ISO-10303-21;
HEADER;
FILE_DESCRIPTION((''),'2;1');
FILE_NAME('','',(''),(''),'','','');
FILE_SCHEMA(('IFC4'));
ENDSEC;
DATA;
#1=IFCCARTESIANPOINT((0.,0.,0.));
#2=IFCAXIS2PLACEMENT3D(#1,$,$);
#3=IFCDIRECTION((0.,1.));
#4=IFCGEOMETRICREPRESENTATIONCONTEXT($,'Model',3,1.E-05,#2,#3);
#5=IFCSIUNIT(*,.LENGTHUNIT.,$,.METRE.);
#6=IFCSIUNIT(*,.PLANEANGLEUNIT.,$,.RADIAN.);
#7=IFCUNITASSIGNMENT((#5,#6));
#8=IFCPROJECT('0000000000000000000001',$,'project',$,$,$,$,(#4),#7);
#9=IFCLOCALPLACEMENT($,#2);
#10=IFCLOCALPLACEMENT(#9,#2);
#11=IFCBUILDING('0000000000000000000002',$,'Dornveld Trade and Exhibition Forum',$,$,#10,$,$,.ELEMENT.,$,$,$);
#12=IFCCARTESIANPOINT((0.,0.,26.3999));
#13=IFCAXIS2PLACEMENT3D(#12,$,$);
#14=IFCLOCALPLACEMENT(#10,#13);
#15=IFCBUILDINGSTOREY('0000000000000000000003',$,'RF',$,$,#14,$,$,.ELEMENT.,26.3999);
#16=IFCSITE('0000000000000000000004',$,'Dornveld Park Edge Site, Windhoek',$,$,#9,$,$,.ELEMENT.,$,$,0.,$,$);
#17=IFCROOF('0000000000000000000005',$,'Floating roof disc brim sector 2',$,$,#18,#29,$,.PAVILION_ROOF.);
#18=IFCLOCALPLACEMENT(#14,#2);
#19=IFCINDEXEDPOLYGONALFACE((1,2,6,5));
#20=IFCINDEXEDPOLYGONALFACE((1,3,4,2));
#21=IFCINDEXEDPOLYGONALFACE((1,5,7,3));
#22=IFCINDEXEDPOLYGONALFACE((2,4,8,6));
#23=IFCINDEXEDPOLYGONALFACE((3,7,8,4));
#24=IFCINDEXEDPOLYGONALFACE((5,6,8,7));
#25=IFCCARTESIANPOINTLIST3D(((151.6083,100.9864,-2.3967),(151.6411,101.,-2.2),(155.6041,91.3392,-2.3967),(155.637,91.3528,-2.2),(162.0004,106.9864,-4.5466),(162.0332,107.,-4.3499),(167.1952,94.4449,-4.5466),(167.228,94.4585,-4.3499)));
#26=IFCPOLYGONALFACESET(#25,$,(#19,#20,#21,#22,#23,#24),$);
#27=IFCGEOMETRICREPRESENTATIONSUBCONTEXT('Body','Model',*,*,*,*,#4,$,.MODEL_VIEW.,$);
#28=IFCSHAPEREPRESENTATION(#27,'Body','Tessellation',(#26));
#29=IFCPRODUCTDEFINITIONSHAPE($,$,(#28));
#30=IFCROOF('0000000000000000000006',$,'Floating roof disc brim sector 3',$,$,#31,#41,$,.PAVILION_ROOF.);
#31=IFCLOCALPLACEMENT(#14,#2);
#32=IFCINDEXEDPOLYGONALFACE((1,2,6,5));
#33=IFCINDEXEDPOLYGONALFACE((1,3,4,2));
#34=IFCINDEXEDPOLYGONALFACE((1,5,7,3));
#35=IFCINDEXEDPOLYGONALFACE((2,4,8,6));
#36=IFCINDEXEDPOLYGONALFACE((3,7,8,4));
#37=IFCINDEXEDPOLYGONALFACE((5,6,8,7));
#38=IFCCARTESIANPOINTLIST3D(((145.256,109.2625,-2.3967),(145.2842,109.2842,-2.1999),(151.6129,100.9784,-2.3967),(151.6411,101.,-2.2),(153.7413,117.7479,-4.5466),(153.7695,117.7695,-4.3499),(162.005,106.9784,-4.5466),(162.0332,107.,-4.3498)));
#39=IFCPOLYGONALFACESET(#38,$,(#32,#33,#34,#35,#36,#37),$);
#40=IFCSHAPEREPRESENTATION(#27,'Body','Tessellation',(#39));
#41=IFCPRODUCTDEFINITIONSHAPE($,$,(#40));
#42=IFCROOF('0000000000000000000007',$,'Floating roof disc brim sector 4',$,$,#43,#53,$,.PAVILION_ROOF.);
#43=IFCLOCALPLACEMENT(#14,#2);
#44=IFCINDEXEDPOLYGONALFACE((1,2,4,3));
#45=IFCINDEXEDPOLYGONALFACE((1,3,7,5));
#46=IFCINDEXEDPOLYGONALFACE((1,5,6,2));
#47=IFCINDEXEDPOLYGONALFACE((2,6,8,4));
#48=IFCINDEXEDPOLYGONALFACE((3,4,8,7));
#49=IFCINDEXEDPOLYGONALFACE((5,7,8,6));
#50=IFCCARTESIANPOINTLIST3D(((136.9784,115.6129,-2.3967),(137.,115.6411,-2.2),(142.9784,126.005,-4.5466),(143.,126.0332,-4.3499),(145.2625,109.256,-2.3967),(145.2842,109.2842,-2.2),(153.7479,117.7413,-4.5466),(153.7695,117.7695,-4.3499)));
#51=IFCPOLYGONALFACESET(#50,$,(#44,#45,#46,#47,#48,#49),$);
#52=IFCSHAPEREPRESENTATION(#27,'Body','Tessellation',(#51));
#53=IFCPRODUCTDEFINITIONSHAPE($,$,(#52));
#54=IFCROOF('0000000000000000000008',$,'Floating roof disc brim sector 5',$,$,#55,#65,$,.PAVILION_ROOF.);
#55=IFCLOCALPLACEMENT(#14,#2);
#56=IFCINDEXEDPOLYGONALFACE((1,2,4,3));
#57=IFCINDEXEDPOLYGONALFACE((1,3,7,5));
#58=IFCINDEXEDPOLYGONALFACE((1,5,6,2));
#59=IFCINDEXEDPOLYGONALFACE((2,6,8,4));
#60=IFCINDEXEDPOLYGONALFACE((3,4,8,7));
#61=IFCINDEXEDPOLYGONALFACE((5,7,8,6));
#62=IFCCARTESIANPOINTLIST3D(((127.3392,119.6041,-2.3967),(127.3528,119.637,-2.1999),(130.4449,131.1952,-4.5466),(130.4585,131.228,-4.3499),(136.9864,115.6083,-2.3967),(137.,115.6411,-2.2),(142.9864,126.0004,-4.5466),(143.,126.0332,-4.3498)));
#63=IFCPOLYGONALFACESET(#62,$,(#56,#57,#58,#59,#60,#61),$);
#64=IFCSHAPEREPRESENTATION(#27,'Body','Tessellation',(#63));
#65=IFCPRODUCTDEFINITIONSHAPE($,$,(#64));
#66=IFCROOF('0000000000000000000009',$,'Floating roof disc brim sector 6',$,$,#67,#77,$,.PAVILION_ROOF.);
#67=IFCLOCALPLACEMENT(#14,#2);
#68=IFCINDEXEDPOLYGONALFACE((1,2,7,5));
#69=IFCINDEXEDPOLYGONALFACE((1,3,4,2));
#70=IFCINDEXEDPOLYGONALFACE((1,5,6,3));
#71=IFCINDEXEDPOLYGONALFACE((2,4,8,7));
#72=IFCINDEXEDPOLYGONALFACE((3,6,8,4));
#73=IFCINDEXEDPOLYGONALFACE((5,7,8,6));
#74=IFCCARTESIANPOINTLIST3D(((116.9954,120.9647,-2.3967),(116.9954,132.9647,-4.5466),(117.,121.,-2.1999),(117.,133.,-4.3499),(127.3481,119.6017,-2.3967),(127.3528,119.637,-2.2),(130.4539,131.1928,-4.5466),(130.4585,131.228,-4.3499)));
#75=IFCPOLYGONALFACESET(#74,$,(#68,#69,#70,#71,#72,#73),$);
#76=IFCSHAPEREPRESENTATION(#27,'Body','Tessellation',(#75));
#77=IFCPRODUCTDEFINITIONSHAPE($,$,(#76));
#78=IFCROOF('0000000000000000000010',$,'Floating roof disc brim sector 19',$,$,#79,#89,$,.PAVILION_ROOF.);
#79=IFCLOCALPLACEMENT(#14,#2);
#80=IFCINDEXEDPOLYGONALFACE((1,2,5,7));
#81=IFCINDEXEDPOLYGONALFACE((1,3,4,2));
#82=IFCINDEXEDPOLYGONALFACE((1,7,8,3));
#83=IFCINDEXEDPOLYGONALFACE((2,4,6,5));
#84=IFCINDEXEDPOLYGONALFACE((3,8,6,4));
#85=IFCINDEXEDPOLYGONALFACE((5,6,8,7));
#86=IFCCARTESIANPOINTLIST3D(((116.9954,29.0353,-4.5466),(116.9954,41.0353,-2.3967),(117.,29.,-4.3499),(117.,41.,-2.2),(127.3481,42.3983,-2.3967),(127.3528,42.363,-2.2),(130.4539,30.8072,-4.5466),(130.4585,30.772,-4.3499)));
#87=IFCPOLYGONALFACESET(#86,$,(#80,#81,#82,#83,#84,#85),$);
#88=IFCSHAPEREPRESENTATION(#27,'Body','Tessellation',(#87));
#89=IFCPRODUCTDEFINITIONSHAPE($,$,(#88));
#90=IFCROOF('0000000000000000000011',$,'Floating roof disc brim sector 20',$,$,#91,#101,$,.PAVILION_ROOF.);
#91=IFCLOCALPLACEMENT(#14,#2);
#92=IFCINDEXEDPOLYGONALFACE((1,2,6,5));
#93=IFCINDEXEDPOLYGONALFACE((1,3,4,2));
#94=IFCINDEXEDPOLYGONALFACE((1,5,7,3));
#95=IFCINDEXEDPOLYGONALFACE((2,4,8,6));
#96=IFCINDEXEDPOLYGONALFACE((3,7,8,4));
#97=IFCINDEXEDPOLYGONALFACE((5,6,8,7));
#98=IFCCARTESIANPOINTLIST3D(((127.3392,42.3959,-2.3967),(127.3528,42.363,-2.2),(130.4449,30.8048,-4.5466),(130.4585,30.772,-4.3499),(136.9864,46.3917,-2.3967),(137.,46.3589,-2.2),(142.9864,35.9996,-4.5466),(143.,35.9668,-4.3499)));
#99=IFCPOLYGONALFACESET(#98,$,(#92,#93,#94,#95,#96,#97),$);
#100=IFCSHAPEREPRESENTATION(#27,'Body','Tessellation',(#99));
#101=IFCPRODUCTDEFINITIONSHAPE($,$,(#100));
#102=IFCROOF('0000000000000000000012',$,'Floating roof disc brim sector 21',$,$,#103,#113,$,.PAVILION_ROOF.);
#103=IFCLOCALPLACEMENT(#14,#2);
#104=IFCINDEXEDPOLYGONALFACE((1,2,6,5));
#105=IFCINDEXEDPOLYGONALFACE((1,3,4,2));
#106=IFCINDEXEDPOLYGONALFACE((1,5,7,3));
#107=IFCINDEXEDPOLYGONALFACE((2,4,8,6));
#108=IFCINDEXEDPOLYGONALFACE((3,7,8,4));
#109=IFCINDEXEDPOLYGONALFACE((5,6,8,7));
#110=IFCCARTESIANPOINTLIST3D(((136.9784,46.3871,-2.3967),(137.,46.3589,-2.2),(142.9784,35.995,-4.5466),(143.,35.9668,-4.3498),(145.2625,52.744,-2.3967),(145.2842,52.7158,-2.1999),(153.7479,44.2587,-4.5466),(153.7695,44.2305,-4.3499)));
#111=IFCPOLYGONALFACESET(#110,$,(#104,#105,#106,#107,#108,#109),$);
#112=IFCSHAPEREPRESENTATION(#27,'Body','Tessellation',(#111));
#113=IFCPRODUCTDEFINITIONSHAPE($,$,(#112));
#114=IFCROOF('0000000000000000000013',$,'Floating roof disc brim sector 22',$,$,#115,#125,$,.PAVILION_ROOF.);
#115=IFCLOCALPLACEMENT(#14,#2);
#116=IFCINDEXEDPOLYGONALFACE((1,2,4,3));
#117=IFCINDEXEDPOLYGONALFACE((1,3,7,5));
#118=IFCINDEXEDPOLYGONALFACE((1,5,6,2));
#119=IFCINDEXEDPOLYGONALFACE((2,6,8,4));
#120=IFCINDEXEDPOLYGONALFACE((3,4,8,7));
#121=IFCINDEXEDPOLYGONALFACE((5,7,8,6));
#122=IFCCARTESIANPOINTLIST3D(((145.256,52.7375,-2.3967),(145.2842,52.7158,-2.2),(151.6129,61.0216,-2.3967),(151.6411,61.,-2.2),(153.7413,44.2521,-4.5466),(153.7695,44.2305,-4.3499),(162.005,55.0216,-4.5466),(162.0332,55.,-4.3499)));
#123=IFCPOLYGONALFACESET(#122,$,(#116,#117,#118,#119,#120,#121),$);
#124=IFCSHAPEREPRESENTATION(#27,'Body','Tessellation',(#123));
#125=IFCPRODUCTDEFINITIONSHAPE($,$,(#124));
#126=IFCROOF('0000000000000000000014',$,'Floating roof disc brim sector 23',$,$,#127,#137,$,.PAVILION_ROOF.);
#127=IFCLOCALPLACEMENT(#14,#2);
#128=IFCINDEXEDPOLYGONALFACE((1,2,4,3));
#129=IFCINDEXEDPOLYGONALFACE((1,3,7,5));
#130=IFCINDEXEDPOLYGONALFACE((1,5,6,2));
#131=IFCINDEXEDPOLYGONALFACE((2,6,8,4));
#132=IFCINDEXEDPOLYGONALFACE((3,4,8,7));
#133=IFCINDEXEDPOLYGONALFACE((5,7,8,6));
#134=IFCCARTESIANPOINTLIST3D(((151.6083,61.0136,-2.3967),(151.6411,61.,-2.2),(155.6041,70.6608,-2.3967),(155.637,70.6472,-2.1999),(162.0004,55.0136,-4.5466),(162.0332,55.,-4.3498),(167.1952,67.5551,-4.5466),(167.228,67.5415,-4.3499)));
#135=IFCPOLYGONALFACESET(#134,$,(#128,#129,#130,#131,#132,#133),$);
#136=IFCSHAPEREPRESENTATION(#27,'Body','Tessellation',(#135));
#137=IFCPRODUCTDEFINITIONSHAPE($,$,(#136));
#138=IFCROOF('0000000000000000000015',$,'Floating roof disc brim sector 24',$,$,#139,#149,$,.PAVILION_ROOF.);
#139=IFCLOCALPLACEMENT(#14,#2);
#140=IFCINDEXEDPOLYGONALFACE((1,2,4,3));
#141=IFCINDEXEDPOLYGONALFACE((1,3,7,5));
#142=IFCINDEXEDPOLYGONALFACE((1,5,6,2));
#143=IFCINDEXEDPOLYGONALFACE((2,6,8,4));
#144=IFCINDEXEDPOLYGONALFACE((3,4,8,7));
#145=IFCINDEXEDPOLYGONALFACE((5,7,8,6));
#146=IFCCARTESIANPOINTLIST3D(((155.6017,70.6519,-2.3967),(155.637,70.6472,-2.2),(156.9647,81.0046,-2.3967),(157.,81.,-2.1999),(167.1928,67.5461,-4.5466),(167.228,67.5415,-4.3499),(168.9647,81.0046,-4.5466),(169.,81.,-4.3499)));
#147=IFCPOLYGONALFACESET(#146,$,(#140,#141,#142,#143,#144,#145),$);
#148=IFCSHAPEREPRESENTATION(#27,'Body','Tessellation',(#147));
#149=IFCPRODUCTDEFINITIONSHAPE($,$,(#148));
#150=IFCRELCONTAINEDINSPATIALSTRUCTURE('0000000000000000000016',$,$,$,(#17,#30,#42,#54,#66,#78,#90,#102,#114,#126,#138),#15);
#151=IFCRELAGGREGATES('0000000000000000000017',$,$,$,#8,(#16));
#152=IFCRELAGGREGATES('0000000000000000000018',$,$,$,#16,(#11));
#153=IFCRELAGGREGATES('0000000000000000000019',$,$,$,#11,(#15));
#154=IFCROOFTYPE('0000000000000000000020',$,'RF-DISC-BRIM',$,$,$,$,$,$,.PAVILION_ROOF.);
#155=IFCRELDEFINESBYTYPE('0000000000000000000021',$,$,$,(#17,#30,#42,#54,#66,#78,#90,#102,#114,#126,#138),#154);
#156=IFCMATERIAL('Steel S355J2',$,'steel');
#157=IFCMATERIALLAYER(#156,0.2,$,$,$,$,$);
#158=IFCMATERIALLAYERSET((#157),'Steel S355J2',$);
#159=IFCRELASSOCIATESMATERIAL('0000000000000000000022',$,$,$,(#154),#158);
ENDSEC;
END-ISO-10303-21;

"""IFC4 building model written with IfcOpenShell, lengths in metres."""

from ifc_helpers import new_model, si_unit, direction, frame, origin, place, context, subcontext, project, spatial, polyline, outline, extrude, material, layer, layer_set, type_object, element, save


model = new_model("IFC4")

# Units and contexts
model_context = context("Model", 3, precision=1e-05, world=origin(), true_north=direction((0.0, 1.0)))
body_context = subcontext(model_context, "Body", "Model", "MODEL_VIEW")
ifc_project = project(units=[si_unit("LENGTHUNIT", "METRE"), si_unit("PLANEANGLEUNIT", "RADIAN")], contexts=[model_context])

# Site, building, storey
site_placement = place(None, origin())
site = spatial("IfcSite", under=ifc_project, at=site_placement, Name="Dornveld Park Edge Site, Windhoek", CompositionType="ELEMENT", RefElevation=0.0)
building_placement = place(site_placement, origin())
building = spatial("IfcBuilding", under=site, at=building_placement, Name="Dornveld Trade and Exhibition Forum", CompositionType="ELEMENT")
storey_placement = place(building_placement, frame((0.0, 0.0, 26.3999)))
storey = spatial("IfcBuildingStorey", under=building, at=storey_placement, Name="RF", CompositionType="ELEMENT", Elevation=26.3999)

# Roofs
ifc_material_1 = material(Name="Steel S355J2", Category="steel")
ifc_layer_1 = layer(ifc_material_1, 0.2)
ifc_layer_set_1 = layer_set([ifc_layer_1], Name="Steel S355J2")
roof_type = type_object("IfcRoofType", Name="RF-DISC-BRIM", PredefinedType="PAVILION_ROOF", material=ifc_layer_set_1)
roof_1_placement = place(storey_placement, frame((155.637, 91.3528, -2.2), z_axis=(0.164291, 0.06805, 0.984062), x_axis=(0.950789, 0.254755, -0.176353)))
element("IfcRoof", 1, at=roof_1_placement, inside=storey, type_object=roof_type, Name="Floating roof disc brim sector 2", PredefinedType="PAVILION_ROOF", context=body_context, shape_type="SweptSolid", body=[
    extrude(outline(polyline([(0.0, 0.0), (12.191, 0.0), (10.4468, 13.4623), (-1.3415, 10.3555), (0.0, 0.0)])), origin(), (0.0, 0.0, -1.0), 0.2),
])
roof_2_placement = place(storey_placement, frame((151.6411, 101.0, -2.2), z_axis=(0.141077, 0.108254, 0.984062), x_axis=(0.852448, 0.492171, -0.176351)))
element("IfcRoof", 2, at=roof_2_placement, inside=storey, type_object=roof_type, Name="Floating roof disc brim sector 3", PredefinedType="PAVILION_ROOF", context=body_context, shape_type="SweptSolid", body=[
    extrude(outline(polyline([(0.0, 0.0), (12.1909, 0.0), (10.447, 13.4622), (-1.3417, 10.3556), (0.0, 0.0)])), origin(), (0.0, 0.0, -1.0), 0.2),
])
roof_3_placement = place(storey_placement, frame((145.2842, 109.2842, -2.2), z_axis=(0.108254, 0.141077, 0.984062), x_axis=(0.696025, 0.696024, -0.176351)))
element("IfcRoof", 3, at=roof_3_placement, inside=storey, type_object=roof_type, Name="Floating roof disc brim sector 4", PredefinedType="PAVILION_ROOF", context=body_context, shape_type="SweptSolid", body=[
    extrude(outline(polyline([(0.0, 0.0), (12.1912, 0.0), (10.447, 13.4621), (-1.3414, 10.3556), (0.0, 0.0)])), origin(), (0.0, 0.0, -1.0), 0.2),
])
roof_4_placement = place(storey_placement, frame((137.0, 115.6411, -2.2), z_axis=(0.06805, 0.164291, 0.984062), x_axis=(0.492171, 0.852448, -0.176352)))
element("IfcRoof", 4, at=roof_4_placement, inside=storey, type_object=roof_type, Name="Floating roof disc brim sector 5", PredefinedType="PAVILION_ROOF", context=body_context, shape_type="SweptSolid", body=[
    extrude(outline(polyline([(0.0, 0.0), (12.1909, 0.0), (10.4466, 13.4623), (-1.3418, 10.3554), (0.0, 0.0)])), origin(), (0.0, 0.0, -1.0), 0.2),
])
roof_5_placement = place(storey_placement, frame((127.3528, 119.637, -2.2), z_axis=(0.023212, 0.176303, 0.984062), x_axis=(0.254755, 0.950789, -0.176351)))
element("IfcRoof", 5, at=roof_5_placement, inside=storey, type_object=roof_type, Name="Floating roof disc brim sector 6", PredefinedType="PAVILION_ROOF", context=body_context, shape_type="SweptSolid", body=[
    extrude(outline(polyline([(0.0, 0.0), (12.191, 0.0), (10.4472, 13.4622), (-1.3415, 10.3556), (0.0, 0.0)])), origin(), (0.0, 0.0, -1.0), 0.2),
])
roof_6_placement = place(storey_placement, frame((117.0, 41.0, -2.2), z_axis=(0.023212, -0.176303, 0.984062), x_axis=(0.0, -0.984327, -0.176351)))
element("IfcRoof", 6, at=roof_6_placement, inside=storey, type_object=roof_type, Name="Floating roof disc brim sector 19", PredefinedType="PAVILION_ROOF", context=body_context, shape_type="SweptSolid", body=[
    extrude(outline(polyline([(0.0, 0.0), (12.1911, 0.0), (10.4469, 13.4621), (-1.3417, 10.3556), (0.0, 0.0)])), origin(), (0.0, 0.0, -1.0), 0.2),
])
roof_7_placement = place(storey_placement, frame((127.3528, 42.363, -2.2), z_axis=(0.06805, -0.164291, 0.984062), x_axis=(0.254755, -0.950789, -0.176353)))
element("IfcRoof", 7, at=roof_7_placement, inside=storey, type_object=roof_type, Name="Floating roof disc brim sector 20", PredefinedType="PAVILION_ROOF", context=body_context, shape_type="SweptSolid", body=[
    extrude(outline(polyline([(0.0, 0.0), (12.191, 0.0), (10.4468, 13.4623), (-1.3415, 10.3555), (0.0, 0.0)])), origin(), (0.0, 0.0, -1.0), 0.2),
])
roof_8_placement = place(storey_placement, frame((137.0, 46.3589, -2.2), z_axis=(0.108254, -0.141077, 0.984062), x_axis=(0.492171, -0.852448, -0.176351)))
element("IfcRoof", 8, at=roof_8_placement, inside=storey, type_object=roof_type, Name="Floating roof disc brim sector 21", PredefinedType="PAVILION_ROOF", context=body_context, shape_type="SweptSolid", body=[
    extrude(outline(polyline([(0.0, 0.0), (12.1909, 0.0), (10.447, 13.4622), (-1.3417, 10.3556), (0.0, 0.0)])), origin(), (0.0, 0.0, -1.0), 0.2),
])
roof_9_placement = place(storey_placement, frame((145.2842, 52.7158, -2.2), z_axis=(0.141077, -0.108254, 0.984062), x_axis=(0.696024, -0.696025, -0.176351)))
element("IfcRoof", 9, at=roof_9_placement, inside=storey, type_object=roof_type, Name="Floating roof disc brim sector 22", PredefinedType="PAVILION_ROOF", context=body_context, shape_type="SweptSolid", body=[
    extrude(outline(polyline([(0.0, 0.0), (12.1912, 0.0), (10.447, 13.4621), (-1.3414, 10.3556), (0.0, 0.0)])), origin(), (0.0, 0.0, -1.0), 0.2),
])
roof_10_placement = place(storey_placement, frame((151.6411, 61.0, -2.2), z_axis=(0.164291, -0.06805, 0.984062), x_axis=(0.852448, -0.492171, -0.176352)))
element("IfcRoof", 10, at=roof_10_placement, inside=storey, type_object=roof_type, Name="Floating roof disc brim sector 23", PredefinedType="PAVILION_ROOF", context=body_context, shape_type="SweptSolid", body=[
    extrude(outline(polyline([(0.0, 0.0), (12.1909, 0.0), (10.4466, 13.4623), (-1.3418, 10.3554), (0.0, 0.0)])), origin(), (0.0, 0.0, -1.0), 0.2),
])
roof_11_placement = place(storey_placement, frame((155.637, 70.6472, -2.2), z_axis=(0.176303, -0.023212, 0.984062), x_axis=(0.950789, -0.254755, -0.176351)))
element("IfcRoof", 11, at=roof_11_placement, inside=storey, type_object=roof_type, Name="Floating roof disc brim sector 24", PredefinedType="PAVILION_ROOF", context=body_context, shape_type="SweptSolid", body=[
    extrude(outline(polyline([(0.0, 0.0), (12.191, 0.0), (10.4472, 13.4622), (-1.3415, 10.3556), (0.0, 0.0)])), origin(), (0.0, 0.0, -1.0), 0.2),
])

save(model, "model.ifc")
